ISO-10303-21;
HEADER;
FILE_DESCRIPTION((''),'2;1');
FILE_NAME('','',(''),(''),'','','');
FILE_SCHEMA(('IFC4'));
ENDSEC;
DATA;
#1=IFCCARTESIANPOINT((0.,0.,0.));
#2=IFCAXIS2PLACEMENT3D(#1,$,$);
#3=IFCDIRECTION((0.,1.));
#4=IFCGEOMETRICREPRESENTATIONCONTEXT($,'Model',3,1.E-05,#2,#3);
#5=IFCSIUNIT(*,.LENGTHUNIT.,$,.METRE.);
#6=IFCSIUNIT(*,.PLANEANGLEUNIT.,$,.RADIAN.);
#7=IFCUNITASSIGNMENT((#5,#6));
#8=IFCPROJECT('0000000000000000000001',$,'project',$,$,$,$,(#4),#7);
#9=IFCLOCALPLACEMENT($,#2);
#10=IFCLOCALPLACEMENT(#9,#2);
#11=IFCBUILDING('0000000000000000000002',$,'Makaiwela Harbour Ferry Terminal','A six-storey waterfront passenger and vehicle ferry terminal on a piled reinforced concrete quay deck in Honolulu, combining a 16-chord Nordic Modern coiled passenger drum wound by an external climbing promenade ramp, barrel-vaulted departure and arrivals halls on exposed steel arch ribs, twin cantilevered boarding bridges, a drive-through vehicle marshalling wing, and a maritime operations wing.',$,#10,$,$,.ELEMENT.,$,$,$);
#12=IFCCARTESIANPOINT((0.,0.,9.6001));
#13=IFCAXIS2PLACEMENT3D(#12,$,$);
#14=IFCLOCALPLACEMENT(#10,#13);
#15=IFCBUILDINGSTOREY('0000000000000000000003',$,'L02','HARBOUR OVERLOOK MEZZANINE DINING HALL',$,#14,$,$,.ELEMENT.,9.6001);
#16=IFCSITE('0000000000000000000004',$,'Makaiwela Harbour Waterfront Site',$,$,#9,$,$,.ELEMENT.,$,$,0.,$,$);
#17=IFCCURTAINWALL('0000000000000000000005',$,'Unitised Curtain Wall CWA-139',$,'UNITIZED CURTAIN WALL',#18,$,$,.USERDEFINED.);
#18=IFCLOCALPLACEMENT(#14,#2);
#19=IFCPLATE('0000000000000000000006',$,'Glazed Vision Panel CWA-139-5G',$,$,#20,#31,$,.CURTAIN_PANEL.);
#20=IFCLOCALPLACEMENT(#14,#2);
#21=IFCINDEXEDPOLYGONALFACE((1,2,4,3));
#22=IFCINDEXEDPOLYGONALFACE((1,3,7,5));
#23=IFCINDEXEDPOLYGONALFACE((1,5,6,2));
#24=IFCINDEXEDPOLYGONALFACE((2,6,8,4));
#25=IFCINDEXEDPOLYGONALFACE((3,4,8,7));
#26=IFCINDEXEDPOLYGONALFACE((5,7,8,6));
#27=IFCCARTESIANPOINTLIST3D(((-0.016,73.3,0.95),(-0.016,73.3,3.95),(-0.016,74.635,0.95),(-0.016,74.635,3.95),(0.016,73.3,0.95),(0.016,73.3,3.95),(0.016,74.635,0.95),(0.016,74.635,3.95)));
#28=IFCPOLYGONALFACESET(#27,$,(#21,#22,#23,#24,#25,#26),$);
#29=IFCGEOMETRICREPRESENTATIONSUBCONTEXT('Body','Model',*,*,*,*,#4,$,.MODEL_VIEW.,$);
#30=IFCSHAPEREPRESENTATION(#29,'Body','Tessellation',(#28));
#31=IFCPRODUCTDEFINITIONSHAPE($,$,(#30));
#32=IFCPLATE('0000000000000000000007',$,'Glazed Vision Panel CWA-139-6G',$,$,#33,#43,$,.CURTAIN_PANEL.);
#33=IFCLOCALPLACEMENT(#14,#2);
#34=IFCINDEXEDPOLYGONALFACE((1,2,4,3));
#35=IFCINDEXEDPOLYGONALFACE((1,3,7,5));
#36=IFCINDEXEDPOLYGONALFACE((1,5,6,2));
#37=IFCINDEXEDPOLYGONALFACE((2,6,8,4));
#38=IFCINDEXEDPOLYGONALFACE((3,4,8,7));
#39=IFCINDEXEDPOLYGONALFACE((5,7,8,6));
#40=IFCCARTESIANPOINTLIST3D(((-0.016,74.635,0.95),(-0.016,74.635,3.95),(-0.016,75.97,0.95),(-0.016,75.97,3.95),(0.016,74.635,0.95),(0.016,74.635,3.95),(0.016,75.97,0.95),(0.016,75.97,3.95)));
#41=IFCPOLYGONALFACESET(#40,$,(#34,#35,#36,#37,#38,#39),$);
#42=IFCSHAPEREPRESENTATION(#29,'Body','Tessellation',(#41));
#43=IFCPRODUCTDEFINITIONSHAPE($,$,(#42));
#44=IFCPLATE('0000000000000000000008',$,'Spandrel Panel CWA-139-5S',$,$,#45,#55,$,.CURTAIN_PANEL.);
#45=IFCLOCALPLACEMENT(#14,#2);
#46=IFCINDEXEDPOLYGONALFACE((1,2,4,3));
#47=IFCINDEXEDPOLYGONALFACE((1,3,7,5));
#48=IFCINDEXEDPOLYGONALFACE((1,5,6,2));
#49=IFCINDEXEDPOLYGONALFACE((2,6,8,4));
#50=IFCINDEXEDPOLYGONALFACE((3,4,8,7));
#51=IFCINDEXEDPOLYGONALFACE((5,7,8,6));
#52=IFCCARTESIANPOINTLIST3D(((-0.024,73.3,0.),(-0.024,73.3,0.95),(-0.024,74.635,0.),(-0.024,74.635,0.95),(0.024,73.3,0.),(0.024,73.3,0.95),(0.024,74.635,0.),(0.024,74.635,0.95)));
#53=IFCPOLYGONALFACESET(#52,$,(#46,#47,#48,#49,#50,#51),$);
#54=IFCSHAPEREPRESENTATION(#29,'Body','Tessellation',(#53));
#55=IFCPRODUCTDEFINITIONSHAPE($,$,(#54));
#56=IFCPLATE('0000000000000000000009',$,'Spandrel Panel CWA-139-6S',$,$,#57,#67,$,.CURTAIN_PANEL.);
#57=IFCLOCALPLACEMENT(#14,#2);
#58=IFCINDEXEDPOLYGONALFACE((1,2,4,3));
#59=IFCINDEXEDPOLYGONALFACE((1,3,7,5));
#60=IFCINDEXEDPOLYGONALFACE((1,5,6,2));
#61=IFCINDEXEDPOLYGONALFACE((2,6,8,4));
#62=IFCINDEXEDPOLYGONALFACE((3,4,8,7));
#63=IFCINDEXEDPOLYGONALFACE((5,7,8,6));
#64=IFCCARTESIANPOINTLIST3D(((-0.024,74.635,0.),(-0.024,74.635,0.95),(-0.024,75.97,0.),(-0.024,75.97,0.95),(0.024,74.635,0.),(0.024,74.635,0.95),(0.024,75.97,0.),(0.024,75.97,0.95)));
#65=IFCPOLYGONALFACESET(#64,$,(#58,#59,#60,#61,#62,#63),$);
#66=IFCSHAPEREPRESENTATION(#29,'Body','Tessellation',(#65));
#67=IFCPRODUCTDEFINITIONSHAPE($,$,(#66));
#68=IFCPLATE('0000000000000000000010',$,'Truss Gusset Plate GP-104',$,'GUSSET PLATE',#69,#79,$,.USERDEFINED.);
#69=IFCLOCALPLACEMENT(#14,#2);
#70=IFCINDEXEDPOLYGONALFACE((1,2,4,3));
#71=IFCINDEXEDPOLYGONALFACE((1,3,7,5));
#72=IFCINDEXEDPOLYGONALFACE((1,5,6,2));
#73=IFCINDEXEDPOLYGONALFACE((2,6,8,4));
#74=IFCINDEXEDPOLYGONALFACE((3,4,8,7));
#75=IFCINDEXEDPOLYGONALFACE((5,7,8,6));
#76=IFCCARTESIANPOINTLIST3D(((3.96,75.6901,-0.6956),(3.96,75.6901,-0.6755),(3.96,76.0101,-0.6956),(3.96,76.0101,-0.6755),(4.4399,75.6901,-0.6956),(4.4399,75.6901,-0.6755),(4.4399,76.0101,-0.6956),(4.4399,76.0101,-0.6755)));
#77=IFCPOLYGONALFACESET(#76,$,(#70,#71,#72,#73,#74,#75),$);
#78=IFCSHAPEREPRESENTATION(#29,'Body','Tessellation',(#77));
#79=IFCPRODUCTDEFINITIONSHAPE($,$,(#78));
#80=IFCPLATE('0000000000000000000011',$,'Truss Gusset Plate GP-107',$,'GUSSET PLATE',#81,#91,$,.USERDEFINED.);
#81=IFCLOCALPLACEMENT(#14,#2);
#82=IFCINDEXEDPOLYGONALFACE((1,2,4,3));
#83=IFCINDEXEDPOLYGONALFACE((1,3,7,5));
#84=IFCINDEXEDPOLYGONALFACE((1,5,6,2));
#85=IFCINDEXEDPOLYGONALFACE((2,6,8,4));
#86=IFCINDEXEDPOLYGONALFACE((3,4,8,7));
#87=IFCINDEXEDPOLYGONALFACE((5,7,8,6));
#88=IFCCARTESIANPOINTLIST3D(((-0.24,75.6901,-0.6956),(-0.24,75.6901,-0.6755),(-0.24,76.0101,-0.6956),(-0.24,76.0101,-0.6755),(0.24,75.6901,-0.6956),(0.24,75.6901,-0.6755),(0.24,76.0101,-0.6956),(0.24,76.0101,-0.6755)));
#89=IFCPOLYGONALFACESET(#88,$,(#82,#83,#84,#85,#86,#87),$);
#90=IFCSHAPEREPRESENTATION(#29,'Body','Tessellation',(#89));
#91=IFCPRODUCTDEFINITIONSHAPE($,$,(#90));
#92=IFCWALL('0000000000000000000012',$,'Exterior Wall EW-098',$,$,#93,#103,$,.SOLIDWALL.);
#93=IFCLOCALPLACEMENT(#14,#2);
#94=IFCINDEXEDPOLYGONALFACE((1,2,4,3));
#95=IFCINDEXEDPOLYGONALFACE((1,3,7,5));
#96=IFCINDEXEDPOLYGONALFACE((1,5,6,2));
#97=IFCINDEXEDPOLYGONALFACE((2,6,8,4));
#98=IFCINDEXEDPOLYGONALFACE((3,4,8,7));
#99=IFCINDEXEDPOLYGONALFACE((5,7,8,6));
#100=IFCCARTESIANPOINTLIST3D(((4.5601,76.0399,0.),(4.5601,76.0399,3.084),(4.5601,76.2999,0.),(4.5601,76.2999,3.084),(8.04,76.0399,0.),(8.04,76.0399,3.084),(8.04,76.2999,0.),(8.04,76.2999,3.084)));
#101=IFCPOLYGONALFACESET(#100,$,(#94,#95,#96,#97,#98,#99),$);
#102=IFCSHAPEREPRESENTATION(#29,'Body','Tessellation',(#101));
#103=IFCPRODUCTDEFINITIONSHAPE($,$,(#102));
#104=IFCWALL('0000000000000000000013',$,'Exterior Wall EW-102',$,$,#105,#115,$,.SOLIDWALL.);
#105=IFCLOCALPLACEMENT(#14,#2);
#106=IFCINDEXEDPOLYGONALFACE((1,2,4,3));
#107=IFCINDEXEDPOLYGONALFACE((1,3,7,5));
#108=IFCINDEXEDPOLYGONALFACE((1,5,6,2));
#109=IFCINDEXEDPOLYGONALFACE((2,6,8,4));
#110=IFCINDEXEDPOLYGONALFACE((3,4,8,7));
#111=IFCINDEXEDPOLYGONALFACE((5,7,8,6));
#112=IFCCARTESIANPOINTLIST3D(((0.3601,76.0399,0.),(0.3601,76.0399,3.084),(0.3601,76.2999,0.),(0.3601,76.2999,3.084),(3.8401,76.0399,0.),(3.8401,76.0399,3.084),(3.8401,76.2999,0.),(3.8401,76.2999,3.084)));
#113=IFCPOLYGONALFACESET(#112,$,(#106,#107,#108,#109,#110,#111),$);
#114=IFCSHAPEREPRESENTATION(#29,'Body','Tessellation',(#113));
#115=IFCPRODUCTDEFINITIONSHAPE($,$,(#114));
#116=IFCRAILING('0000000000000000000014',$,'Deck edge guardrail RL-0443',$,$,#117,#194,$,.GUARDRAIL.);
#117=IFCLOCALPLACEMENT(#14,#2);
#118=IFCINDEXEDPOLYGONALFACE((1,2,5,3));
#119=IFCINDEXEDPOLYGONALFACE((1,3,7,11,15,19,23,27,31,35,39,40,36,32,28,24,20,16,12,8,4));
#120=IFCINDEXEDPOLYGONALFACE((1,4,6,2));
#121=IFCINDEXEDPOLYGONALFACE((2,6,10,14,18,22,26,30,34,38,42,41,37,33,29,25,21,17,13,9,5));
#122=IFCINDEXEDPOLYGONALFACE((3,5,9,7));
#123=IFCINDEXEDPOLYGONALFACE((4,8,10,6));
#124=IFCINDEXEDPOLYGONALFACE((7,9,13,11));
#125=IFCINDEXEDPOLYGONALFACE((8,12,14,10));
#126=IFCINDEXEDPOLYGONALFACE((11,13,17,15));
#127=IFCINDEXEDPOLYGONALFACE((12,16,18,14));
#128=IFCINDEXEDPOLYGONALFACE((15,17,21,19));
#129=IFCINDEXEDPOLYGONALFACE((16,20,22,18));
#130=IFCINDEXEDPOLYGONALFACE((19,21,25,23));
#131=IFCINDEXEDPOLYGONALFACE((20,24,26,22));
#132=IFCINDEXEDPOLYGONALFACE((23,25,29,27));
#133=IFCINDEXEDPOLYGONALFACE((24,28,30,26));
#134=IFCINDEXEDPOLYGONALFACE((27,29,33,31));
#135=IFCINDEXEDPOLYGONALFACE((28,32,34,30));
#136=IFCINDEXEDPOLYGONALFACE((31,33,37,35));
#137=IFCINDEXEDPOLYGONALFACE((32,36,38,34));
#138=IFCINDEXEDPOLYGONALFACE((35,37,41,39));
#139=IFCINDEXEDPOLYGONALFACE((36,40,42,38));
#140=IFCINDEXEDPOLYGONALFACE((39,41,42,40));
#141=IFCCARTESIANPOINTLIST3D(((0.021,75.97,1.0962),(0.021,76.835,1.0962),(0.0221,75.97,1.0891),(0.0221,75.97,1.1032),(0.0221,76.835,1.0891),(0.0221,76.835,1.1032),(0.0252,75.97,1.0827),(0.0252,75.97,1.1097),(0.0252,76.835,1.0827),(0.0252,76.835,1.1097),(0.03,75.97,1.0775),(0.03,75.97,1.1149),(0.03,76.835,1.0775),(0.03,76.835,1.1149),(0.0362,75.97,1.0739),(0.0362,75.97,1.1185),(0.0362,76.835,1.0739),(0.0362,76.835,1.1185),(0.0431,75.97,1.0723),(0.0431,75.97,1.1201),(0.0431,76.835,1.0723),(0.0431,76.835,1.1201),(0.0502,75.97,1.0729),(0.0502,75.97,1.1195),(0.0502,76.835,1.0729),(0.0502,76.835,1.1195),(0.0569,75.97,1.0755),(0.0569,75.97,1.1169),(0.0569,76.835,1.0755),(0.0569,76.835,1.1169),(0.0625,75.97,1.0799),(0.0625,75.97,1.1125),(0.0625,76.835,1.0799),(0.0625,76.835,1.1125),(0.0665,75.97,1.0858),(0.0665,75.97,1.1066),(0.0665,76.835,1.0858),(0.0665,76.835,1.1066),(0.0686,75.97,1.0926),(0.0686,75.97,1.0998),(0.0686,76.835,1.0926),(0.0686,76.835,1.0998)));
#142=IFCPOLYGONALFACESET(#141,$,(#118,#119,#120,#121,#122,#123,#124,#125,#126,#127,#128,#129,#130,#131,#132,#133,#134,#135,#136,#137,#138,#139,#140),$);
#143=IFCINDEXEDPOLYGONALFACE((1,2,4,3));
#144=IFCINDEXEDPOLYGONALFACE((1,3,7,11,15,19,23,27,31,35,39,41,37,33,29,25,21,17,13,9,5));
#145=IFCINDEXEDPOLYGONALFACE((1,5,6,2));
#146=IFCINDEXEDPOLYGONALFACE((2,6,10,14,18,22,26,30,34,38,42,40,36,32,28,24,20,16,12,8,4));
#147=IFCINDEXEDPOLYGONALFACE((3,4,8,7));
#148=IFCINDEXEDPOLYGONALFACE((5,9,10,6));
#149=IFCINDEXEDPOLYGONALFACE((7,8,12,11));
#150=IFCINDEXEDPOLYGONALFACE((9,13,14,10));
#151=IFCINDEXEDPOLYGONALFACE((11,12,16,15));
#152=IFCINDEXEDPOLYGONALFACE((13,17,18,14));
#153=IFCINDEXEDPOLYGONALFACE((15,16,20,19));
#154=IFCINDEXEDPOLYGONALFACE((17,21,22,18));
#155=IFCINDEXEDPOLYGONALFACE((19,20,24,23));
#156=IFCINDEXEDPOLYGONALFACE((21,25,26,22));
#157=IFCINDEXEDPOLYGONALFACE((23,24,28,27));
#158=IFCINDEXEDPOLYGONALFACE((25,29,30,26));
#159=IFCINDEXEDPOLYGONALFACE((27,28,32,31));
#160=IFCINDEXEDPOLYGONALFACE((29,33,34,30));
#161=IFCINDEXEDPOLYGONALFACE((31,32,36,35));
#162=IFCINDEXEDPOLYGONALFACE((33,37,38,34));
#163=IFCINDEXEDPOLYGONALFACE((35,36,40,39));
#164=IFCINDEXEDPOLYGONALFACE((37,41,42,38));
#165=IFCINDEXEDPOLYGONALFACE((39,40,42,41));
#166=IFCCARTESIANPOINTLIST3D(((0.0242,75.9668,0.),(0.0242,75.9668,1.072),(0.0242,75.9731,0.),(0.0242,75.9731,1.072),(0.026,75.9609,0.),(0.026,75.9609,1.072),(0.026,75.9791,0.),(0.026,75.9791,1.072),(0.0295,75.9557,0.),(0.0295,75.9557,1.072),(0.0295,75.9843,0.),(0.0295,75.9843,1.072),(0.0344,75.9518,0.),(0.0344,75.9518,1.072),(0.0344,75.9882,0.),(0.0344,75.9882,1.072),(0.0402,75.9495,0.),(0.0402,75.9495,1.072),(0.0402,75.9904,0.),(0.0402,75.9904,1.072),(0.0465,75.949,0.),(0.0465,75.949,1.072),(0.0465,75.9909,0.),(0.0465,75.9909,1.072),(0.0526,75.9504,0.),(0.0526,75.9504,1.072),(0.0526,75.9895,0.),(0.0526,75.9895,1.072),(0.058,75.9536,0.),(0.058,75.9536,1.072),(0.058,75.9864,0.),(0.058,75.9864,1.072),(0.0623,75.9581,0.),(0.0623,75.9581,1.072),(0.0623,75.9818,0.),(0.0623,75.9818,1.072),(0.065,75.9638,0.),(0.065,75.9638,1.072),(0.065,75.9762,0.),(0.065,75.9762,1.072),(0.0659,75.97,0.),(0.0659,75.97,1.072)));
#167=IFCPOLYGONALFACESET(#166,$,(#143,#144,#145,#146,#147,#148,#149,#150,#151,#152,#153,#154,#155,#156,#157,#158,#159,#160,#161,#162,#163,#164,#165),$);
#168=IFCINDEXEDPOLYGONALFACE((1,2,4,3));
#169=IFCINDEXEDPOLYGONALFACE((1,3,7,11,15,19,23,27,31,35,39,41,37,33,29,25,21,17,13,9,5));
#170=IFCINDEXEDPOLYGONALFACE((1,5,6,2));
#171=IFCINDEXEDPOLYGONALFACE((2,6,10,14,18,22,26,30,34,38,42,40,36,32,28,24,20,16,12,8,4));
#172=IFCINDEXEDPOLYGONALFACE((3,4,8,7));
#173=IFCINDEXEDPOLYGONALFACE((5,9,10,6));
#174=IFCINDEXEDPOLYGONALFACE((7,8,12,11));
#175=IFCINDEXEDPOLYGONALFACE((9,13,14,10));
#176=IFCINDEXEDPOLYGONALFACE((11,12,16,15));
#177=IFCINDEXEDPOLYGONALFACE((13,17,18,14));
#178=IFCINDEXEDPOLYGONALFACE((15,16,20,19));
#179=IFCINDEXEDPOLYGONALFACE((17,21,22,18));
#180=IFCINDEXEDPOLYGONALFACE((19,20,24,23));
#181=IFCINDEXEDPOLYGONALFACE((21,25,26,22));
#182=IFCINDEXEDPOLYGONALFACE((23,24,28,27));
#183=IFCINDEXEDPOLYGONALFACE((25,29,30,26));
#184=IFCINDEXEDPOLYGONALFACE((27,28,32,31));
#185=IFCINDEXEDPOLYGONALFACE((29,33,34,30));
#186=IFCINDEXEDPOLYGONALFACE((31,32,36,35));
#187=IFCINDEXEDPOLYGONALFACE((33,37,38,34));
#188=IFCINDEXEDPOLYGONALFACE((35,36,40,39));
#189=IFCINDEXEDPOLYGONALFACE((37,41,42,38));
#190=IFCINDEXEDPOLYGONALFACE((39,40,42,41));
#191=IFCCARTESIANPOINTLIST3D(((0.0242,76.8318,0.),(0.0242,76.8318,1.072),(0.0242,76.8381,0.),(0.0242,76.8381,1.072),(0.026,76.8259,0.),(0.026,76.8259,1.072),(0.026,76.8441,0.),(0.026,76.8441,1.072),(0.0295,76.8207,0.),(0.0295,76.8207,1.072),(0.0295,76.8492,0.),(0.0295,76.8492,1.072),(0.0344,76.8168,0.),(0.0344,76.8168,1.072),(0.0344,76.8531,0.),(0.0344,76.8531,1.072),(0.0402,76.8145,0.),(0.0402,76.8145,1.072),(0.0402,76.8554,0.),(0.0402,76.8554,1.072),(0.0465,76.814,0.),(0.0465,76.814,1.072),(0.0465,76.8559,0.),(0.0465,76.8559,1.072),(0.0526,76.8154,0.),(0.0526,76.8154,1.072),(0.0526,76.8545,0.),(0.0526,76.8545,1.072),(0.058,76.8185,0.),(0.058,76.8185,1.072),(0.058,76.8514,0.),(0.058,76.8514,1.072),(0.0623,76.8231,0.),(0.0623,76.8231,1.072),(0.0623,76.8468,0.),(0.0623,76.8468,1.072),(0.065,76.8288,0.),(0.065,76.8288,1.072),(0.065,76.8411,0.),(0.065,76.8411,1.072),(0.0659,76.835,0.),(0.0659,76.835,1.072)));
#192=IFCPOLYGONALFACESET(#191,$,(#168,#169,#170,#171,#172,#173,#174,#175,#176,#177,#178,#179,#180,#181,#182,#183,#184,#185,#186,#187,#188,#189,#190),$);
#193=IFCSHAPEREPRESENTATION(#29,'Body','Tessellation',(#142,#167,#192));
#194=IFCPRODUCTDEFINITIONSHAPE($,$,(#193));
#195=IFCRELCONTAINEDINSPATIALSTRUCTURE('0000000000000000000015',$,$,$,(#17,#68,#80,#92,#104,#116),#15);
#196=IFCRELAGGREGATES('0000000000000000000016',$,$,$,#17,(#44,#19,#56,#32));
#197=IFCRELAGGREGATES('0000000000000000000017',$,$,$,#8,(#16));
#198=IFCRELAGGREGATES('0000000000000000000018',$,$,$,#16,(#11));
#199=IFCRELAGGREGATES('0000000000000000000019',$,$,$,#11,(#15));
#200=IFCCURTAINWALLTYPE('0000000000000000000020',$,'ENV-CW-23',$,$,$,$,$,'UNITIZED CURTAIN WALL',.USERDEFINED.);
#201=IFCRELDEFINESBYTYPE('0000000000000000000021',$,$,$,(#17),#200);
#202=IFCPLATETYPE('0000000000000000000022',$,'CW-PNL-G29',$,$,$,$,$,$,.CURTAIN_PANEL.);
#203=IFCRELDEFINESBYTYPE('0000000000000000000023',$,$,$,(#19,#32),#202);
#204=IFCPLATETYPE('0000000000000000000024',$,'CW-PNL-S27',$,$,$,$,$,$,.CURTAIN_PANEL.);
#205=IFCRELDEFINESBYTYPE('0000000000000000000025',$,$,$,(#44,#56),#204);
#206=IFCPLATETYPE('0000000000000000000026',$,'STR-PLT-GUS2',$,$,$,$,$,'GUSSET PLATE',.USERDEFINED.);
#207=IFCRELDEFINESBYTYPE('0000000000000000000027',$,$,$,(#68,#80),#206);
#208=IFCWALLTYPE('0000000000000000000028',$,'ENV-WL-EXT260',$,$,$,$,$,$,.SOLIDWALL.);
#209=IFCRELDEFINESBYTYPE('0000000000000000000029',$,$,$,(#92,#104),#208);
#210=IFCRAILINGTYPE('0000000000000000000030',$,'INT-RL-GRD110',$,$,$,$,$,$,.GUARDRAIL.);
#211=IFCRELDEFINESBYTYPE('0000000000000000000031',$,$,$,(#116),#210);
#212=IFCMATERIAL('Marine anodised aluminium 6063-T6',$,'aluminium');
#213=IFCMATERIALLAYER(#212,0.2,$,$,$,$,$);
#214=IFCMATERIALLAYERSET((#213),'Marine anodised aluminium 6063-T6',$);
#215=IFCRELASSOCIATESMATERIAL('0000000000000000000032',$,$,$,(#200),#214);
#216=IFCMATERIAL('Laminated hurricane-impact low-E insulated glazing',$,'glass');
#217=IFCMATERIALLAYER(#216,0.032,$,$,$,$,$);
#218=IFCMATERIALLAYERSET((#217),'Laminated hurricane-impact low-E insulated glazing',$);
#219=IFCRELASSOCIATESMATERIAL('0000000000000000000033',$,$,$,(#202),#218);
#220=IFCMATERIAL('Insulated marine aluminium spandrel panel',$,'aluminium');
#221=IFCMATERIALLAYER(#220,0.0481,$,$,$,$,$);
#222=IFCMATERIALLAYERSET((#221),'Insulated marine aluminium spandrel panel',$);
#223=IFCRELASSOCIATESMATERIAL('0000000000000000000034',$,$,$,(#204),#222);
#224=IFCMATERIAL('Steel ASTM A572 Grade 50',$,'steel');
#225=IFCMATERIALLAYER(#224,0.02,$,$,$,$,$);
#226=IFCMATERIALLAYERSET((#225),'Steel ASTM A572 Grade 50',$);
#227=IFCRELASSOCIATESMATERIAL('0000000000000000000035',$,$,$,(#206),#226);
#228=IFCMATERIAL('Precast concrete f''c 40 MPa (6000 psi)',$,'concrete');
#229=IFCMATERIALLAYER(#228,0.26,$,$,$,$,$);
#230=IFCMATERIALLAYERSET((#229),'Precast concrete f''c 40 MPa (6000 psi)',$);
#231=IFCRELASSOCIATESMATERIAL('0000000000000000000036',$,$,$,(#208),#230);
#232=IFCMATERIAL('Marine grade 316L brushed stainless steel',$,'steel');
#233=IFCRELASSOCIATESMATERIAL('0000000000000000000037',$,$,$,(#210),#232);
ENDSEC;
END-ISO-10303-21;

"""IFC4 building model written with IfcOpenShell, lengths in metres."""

from ifc_helpers import new_model, si_unit, direction, frame, frame_2d, origin, origin_2d, place, context, subcontext, project, spatial, rectangle, circle, extrude, material, layer, layer_set, type_object, element, aggregate, save


model = new_model("IFC4")

# Units and contexts
model_context = context("Model", 3, precision=1e-05, world=origin(), true_north=direction((0.0, 1.0)))
body_context = subcontext(model_context, "Body", "Model", "MODEL_VIEW")
ifc_project = project(units=[si_unit("LENGTHUNIT", "METRE"), si_unit("PLANEANGLEUNIT", "RADIAN")], contexts=[model_context])

# Site, building, storey
site_placement = place(None, origin())
site = spatial("IfcSite", under=ifc_project, at=site_placement, Name="Makaiwela Harbour Waterfront Site", CompositionType="ELEMENT", RefElevation=0.0)
building_placement = place(site_placement, origin())
building = spatial("IfcBuilding", under=site, at=building_placement, Name="Makaiwela Harbour Ferry Terminal", Description="A six-storey waterfront passenger and vehicle ferry terminal on a piled reinforced concrete quay deck in Honolulu, combining a 16-chord Nordic Modern coiled passenger drum wound by an external climbing promenade ramp, barrel-vaulted departure and arrivals halls on exposed steel arch ribs, twin cantilevered boarding bridges, a drive-through vehicle marshalling wing, and a maritime operations wing.", CompositionType="ELEMENT")
storey_placement = place(building_placement, frame((0.0, 0.0, 9.6001)))
storey = spatial("IfcBuildingStorey", under=building, at=storey_placement, Name="L02", Description="HARBOUR OVERLOOK MEZZANINE DINING HALL", CompositionType="ELEMENT", Elevation=9.6001)

# Curtain wall
ifc_material_1 = material(Name="Marine anodised aluminium 6063-T6", Category="aluminium")
ifc_layer_1 = layer(ifc_material_1, 0.2)
ifc_layer_set_1 = layer_set([ifc_layer_1], Name="Marine anodised aluminium 6063-T6")
curtain_wall_type = type_object("IfcCurtainWallType", Name="ENV-CW-23", ElementType="UNITIZED CURTAIN WALL", PredefinedType="USERDEFINED", material=ifc_layer_set_1)
curtain_wall_placement = place(storey_placement, origin())
curtain_wall = element("IfcCurtainWall", 1, at=curtain_wall_placement, inside=storey, type_object=curtain_wall_type, Name="Unitised Curtain Wall CWA-139", ObjectType="UNITIZED CURTAIN WALL", PredefinedType="USERDEFINED")

# Plates
ifc_material_2 = material(Name="Laminated hurricane-impact low-E insulated glazing", Category="glass")
ifc_layer_2 = layer(ifc_material_2, 0.032)
ifc_layer_set_2 = layer_set([ifc_layer_2], Name="Laminated hurricane-impact low-E insulated glazing")
plate_type_1 = type_object("IfcPlateType", Name="CW-PNL-G29", PredefinedType="CURTAIN_PANEL", material=ifc_layer_set_2)
plate_1_placement = place(storey_placement, frame((0.0, 73.9675, 0.95), z_axis=(0.0, 0.0, 1.0), x_axis=(0.0, 1.0, 0.0)))
plate_1 = element("IfcPlate", 2, at=plate_1_placement, type_object=plate_type_1, Name="Glazed Vision Panel CWA-139-5G", PredefinedType="CURTAIN_PANEL", context=body_context, shape_type="SweptSolid", body=[
    extrude(rectangle(XDim=1.335, YDim=0.032, at=origin_2d()), origin(), (0.0, 0.0, 1.0), 3.0),
])
plate_2_placement = place(storey_placement, frame((0.0, 75.3025, 0.95), z_axis=(0.0, 0.0, 1.0), x_axis=(0.0, 1.0, 0.0)))
plate_2 = element("IfcPlate", 3, at=plate_2_placement, type_object=plate_type_1, Name="Glazed Vision Panel CWA-139-6G", PredefinedType="CURTAIN_PANEL", context=body_context, shape_type="SweptSolid", body=[
    extrude(rectangle(XDim=1.335, YDim=0.032, at=origin_2d()), origin(), (0.0, 0.0, 1.0), 3.0),
])
ifc_material_3 = material(Name="Insulated marine aluminium spandrel panel", Category="aluminium")
ifc_layer_3 = layer(ifc_material_3, 0.0481)
ifc_layer_set_3 = layer_set([ifc_layer_3], Name="Insulated marine aluminium spandrel panel")
plate_type_2 = type_object("IfcPlateType", Name="CW-PNL-S27", PredefinedType="CURTAIN_PANEL", material=ifc_layer_set_3)
plate_3_placement = place(storey_placement, frame((0.0, 73.9675, 0.0), z_axis=(0.0, 0.0, 1.0), x_axis=(0.0, 1.0, 0.0)))
plate_3 = element("IfcPlate", 4, at=plate_3_placement, type_object=plate_type_2, Name="Spandrel Panel CWA-139-5S", PredefinedType="CURTAIN_PANEL", context=body_context, shape_type="SweptSolid", body=[
    extrude(rectangle(XDim=1.335, YDim=0.0481, at=origin_2d()), origin(), (0.0, 0.0, 1.0), 0.95),
])
plate_4_placement = place(storey_placement, frame((0.0, 75.3025, 0.0), z_axis=(0.0, 0.0, 1.0), x_axis=(0.0, 1.0, 0.0)))
plate_4 = element("IfcPlate", 5, at=plate_4_placement, type_object=plate_type_2, Name="Spandrel Panel CWA-139-6S", PredefinedType="CURTAIN_PANEL", context=body_context, shape_type="SweptSolid", body=[
    extrude(rectangle(XDim=1.335, YDim=0.0481, at=origin_2d()), origin(), (0.0, 0.0, 1.0), 0.95),
])
aggregate(curtain_wall, [plate_3, plate_1, plate_4, plate_2])

# Plates
ifc_material_4 = material(Name="Steel ASTM A572 Grade 50", Category="steel")
ifc_layer_4 = layer(ifc_material_4, 0.02)
ifc_layer_set_4 = layer_set([ifc_layer_4], Name="Steel ASTM A572 Grade 50")
plate_type_3 = type_object("IfcPlateType", Name="STR-PLT-GUS2", ElementType="GUSSET PLATE", PredefinedType="USERDEFINED", material=ifc_layer_set_4)
for number, where, z_axis, x_axis, name in (
    (6, (4.2, 75.8501, -0.6956), (0.0, 0.0, 1.0), (1.0, 0.0, 0.0), "Truss Gusset Plate GP-104"),
    (7, (0.0, 75.8501, -0.6956), (0.0, 0.0, 1.0), (1.0, 0.0, 0.0), "Truss Gusset Plate GP-107"),
):
    element("IfcPlate", number, at=place(storey_placement, frame(where, z_axis=z_axis, x_axis=x_axis)), inside=storey, type_object=plate_type_3, Name=name, ObjectType="GUSSET PLATE", PredefinedType="USERDEFINED", context=body_context, shape_type="SweptSolid", body=[
        extrude(rectangle(XDim=0.48, YDim=0.3201, at=origin_2d()), origin(), (0.0, 0.0, 1.0), 0.02),
    ])

# Walls
ifc_material_5 = material(Name="Precast concrete f'c 40 MPa (6000 psi)", Category="concrete")
ifc_layer_5 = layer(ifc_material_5, 0.26)
ifc_layer_set_5 = layer_set([ifc_layer_5], Name="Precast concrete f'c 40 MPa (6000 psi)")
wall_type = type_object("IfcWallType", Name="ENV-WL-EXT260", PredefinedType="SOLIDWALL", material=ifc_layer_set_5)
for number, where, z_axis, x_axis, name in (
    (8, (4.5601, 76.1699, 0.0), (0.0, 0.0, 1.0), (1.0, 0.0, 0.0), "Exterior Wall EW-098"),
    (9, (0.3601, 76.1699, 0.0), (0.0, 0.0, 1.0), (1.0, 0.0, 0.0), "Exterior Wall EW-102"),
):
    element("IfcWall", number, at=place(storey_placement, frame(where, z_axis=z_axis, x_axis=x_axis)), inside=storey, type_object=wall_type, Name=name, PredefinedType="SOLIDWALL", context=body_context, shape_type="SweptSolid", body=[
        extrude(rectangle(XDim=3.48, YDim=0.26, at=frame_2d((1.74, 0.0))), origin(), (0.0, 0.0, 1.0), 3.084),
    ])

# Railing
ifc_material_6 = material(Name="Marine grade 316L brushed stainless steel", Category="steel")
railing_type = type_object("IfcRailingType", Name="INT-RL-GRD110", PredefinedType="GUARDRAIL", material=ifc_material_6)
railing_placement = place(storey_placement, frame((0.0449, 75.97, 0.0)))
element("IfcRailing", 10, at=railing_placement, inside=storey, type_object=railing_type, Name="Deck edge guardrail RL-0443", PredefinedType="GUARDRAIL", context=body_context, shape_type="SweptSolid", body=[
    extrude(circle(Radius=0.0239, at=origin_2d()), frame((0.0, 0.0, 1.0962), z_axis=(0.0, 1.0, 0.0), x_axis=(-1.0, 0.0, 0.0)), (0.0, 0.0, 1.0), 0.865),
    extrude(circle(Radius=0.021, at=origin_2d()), origin(), (0.0, 0.0, 1.0), 1.072),
    extrude(circle(Radius=0.021, at=origin_2d()), frame((0.0, 0.865, 0.0)), (0.0, 0.0, 1.0), 1.072),
])

save(model, "model.ifc")
